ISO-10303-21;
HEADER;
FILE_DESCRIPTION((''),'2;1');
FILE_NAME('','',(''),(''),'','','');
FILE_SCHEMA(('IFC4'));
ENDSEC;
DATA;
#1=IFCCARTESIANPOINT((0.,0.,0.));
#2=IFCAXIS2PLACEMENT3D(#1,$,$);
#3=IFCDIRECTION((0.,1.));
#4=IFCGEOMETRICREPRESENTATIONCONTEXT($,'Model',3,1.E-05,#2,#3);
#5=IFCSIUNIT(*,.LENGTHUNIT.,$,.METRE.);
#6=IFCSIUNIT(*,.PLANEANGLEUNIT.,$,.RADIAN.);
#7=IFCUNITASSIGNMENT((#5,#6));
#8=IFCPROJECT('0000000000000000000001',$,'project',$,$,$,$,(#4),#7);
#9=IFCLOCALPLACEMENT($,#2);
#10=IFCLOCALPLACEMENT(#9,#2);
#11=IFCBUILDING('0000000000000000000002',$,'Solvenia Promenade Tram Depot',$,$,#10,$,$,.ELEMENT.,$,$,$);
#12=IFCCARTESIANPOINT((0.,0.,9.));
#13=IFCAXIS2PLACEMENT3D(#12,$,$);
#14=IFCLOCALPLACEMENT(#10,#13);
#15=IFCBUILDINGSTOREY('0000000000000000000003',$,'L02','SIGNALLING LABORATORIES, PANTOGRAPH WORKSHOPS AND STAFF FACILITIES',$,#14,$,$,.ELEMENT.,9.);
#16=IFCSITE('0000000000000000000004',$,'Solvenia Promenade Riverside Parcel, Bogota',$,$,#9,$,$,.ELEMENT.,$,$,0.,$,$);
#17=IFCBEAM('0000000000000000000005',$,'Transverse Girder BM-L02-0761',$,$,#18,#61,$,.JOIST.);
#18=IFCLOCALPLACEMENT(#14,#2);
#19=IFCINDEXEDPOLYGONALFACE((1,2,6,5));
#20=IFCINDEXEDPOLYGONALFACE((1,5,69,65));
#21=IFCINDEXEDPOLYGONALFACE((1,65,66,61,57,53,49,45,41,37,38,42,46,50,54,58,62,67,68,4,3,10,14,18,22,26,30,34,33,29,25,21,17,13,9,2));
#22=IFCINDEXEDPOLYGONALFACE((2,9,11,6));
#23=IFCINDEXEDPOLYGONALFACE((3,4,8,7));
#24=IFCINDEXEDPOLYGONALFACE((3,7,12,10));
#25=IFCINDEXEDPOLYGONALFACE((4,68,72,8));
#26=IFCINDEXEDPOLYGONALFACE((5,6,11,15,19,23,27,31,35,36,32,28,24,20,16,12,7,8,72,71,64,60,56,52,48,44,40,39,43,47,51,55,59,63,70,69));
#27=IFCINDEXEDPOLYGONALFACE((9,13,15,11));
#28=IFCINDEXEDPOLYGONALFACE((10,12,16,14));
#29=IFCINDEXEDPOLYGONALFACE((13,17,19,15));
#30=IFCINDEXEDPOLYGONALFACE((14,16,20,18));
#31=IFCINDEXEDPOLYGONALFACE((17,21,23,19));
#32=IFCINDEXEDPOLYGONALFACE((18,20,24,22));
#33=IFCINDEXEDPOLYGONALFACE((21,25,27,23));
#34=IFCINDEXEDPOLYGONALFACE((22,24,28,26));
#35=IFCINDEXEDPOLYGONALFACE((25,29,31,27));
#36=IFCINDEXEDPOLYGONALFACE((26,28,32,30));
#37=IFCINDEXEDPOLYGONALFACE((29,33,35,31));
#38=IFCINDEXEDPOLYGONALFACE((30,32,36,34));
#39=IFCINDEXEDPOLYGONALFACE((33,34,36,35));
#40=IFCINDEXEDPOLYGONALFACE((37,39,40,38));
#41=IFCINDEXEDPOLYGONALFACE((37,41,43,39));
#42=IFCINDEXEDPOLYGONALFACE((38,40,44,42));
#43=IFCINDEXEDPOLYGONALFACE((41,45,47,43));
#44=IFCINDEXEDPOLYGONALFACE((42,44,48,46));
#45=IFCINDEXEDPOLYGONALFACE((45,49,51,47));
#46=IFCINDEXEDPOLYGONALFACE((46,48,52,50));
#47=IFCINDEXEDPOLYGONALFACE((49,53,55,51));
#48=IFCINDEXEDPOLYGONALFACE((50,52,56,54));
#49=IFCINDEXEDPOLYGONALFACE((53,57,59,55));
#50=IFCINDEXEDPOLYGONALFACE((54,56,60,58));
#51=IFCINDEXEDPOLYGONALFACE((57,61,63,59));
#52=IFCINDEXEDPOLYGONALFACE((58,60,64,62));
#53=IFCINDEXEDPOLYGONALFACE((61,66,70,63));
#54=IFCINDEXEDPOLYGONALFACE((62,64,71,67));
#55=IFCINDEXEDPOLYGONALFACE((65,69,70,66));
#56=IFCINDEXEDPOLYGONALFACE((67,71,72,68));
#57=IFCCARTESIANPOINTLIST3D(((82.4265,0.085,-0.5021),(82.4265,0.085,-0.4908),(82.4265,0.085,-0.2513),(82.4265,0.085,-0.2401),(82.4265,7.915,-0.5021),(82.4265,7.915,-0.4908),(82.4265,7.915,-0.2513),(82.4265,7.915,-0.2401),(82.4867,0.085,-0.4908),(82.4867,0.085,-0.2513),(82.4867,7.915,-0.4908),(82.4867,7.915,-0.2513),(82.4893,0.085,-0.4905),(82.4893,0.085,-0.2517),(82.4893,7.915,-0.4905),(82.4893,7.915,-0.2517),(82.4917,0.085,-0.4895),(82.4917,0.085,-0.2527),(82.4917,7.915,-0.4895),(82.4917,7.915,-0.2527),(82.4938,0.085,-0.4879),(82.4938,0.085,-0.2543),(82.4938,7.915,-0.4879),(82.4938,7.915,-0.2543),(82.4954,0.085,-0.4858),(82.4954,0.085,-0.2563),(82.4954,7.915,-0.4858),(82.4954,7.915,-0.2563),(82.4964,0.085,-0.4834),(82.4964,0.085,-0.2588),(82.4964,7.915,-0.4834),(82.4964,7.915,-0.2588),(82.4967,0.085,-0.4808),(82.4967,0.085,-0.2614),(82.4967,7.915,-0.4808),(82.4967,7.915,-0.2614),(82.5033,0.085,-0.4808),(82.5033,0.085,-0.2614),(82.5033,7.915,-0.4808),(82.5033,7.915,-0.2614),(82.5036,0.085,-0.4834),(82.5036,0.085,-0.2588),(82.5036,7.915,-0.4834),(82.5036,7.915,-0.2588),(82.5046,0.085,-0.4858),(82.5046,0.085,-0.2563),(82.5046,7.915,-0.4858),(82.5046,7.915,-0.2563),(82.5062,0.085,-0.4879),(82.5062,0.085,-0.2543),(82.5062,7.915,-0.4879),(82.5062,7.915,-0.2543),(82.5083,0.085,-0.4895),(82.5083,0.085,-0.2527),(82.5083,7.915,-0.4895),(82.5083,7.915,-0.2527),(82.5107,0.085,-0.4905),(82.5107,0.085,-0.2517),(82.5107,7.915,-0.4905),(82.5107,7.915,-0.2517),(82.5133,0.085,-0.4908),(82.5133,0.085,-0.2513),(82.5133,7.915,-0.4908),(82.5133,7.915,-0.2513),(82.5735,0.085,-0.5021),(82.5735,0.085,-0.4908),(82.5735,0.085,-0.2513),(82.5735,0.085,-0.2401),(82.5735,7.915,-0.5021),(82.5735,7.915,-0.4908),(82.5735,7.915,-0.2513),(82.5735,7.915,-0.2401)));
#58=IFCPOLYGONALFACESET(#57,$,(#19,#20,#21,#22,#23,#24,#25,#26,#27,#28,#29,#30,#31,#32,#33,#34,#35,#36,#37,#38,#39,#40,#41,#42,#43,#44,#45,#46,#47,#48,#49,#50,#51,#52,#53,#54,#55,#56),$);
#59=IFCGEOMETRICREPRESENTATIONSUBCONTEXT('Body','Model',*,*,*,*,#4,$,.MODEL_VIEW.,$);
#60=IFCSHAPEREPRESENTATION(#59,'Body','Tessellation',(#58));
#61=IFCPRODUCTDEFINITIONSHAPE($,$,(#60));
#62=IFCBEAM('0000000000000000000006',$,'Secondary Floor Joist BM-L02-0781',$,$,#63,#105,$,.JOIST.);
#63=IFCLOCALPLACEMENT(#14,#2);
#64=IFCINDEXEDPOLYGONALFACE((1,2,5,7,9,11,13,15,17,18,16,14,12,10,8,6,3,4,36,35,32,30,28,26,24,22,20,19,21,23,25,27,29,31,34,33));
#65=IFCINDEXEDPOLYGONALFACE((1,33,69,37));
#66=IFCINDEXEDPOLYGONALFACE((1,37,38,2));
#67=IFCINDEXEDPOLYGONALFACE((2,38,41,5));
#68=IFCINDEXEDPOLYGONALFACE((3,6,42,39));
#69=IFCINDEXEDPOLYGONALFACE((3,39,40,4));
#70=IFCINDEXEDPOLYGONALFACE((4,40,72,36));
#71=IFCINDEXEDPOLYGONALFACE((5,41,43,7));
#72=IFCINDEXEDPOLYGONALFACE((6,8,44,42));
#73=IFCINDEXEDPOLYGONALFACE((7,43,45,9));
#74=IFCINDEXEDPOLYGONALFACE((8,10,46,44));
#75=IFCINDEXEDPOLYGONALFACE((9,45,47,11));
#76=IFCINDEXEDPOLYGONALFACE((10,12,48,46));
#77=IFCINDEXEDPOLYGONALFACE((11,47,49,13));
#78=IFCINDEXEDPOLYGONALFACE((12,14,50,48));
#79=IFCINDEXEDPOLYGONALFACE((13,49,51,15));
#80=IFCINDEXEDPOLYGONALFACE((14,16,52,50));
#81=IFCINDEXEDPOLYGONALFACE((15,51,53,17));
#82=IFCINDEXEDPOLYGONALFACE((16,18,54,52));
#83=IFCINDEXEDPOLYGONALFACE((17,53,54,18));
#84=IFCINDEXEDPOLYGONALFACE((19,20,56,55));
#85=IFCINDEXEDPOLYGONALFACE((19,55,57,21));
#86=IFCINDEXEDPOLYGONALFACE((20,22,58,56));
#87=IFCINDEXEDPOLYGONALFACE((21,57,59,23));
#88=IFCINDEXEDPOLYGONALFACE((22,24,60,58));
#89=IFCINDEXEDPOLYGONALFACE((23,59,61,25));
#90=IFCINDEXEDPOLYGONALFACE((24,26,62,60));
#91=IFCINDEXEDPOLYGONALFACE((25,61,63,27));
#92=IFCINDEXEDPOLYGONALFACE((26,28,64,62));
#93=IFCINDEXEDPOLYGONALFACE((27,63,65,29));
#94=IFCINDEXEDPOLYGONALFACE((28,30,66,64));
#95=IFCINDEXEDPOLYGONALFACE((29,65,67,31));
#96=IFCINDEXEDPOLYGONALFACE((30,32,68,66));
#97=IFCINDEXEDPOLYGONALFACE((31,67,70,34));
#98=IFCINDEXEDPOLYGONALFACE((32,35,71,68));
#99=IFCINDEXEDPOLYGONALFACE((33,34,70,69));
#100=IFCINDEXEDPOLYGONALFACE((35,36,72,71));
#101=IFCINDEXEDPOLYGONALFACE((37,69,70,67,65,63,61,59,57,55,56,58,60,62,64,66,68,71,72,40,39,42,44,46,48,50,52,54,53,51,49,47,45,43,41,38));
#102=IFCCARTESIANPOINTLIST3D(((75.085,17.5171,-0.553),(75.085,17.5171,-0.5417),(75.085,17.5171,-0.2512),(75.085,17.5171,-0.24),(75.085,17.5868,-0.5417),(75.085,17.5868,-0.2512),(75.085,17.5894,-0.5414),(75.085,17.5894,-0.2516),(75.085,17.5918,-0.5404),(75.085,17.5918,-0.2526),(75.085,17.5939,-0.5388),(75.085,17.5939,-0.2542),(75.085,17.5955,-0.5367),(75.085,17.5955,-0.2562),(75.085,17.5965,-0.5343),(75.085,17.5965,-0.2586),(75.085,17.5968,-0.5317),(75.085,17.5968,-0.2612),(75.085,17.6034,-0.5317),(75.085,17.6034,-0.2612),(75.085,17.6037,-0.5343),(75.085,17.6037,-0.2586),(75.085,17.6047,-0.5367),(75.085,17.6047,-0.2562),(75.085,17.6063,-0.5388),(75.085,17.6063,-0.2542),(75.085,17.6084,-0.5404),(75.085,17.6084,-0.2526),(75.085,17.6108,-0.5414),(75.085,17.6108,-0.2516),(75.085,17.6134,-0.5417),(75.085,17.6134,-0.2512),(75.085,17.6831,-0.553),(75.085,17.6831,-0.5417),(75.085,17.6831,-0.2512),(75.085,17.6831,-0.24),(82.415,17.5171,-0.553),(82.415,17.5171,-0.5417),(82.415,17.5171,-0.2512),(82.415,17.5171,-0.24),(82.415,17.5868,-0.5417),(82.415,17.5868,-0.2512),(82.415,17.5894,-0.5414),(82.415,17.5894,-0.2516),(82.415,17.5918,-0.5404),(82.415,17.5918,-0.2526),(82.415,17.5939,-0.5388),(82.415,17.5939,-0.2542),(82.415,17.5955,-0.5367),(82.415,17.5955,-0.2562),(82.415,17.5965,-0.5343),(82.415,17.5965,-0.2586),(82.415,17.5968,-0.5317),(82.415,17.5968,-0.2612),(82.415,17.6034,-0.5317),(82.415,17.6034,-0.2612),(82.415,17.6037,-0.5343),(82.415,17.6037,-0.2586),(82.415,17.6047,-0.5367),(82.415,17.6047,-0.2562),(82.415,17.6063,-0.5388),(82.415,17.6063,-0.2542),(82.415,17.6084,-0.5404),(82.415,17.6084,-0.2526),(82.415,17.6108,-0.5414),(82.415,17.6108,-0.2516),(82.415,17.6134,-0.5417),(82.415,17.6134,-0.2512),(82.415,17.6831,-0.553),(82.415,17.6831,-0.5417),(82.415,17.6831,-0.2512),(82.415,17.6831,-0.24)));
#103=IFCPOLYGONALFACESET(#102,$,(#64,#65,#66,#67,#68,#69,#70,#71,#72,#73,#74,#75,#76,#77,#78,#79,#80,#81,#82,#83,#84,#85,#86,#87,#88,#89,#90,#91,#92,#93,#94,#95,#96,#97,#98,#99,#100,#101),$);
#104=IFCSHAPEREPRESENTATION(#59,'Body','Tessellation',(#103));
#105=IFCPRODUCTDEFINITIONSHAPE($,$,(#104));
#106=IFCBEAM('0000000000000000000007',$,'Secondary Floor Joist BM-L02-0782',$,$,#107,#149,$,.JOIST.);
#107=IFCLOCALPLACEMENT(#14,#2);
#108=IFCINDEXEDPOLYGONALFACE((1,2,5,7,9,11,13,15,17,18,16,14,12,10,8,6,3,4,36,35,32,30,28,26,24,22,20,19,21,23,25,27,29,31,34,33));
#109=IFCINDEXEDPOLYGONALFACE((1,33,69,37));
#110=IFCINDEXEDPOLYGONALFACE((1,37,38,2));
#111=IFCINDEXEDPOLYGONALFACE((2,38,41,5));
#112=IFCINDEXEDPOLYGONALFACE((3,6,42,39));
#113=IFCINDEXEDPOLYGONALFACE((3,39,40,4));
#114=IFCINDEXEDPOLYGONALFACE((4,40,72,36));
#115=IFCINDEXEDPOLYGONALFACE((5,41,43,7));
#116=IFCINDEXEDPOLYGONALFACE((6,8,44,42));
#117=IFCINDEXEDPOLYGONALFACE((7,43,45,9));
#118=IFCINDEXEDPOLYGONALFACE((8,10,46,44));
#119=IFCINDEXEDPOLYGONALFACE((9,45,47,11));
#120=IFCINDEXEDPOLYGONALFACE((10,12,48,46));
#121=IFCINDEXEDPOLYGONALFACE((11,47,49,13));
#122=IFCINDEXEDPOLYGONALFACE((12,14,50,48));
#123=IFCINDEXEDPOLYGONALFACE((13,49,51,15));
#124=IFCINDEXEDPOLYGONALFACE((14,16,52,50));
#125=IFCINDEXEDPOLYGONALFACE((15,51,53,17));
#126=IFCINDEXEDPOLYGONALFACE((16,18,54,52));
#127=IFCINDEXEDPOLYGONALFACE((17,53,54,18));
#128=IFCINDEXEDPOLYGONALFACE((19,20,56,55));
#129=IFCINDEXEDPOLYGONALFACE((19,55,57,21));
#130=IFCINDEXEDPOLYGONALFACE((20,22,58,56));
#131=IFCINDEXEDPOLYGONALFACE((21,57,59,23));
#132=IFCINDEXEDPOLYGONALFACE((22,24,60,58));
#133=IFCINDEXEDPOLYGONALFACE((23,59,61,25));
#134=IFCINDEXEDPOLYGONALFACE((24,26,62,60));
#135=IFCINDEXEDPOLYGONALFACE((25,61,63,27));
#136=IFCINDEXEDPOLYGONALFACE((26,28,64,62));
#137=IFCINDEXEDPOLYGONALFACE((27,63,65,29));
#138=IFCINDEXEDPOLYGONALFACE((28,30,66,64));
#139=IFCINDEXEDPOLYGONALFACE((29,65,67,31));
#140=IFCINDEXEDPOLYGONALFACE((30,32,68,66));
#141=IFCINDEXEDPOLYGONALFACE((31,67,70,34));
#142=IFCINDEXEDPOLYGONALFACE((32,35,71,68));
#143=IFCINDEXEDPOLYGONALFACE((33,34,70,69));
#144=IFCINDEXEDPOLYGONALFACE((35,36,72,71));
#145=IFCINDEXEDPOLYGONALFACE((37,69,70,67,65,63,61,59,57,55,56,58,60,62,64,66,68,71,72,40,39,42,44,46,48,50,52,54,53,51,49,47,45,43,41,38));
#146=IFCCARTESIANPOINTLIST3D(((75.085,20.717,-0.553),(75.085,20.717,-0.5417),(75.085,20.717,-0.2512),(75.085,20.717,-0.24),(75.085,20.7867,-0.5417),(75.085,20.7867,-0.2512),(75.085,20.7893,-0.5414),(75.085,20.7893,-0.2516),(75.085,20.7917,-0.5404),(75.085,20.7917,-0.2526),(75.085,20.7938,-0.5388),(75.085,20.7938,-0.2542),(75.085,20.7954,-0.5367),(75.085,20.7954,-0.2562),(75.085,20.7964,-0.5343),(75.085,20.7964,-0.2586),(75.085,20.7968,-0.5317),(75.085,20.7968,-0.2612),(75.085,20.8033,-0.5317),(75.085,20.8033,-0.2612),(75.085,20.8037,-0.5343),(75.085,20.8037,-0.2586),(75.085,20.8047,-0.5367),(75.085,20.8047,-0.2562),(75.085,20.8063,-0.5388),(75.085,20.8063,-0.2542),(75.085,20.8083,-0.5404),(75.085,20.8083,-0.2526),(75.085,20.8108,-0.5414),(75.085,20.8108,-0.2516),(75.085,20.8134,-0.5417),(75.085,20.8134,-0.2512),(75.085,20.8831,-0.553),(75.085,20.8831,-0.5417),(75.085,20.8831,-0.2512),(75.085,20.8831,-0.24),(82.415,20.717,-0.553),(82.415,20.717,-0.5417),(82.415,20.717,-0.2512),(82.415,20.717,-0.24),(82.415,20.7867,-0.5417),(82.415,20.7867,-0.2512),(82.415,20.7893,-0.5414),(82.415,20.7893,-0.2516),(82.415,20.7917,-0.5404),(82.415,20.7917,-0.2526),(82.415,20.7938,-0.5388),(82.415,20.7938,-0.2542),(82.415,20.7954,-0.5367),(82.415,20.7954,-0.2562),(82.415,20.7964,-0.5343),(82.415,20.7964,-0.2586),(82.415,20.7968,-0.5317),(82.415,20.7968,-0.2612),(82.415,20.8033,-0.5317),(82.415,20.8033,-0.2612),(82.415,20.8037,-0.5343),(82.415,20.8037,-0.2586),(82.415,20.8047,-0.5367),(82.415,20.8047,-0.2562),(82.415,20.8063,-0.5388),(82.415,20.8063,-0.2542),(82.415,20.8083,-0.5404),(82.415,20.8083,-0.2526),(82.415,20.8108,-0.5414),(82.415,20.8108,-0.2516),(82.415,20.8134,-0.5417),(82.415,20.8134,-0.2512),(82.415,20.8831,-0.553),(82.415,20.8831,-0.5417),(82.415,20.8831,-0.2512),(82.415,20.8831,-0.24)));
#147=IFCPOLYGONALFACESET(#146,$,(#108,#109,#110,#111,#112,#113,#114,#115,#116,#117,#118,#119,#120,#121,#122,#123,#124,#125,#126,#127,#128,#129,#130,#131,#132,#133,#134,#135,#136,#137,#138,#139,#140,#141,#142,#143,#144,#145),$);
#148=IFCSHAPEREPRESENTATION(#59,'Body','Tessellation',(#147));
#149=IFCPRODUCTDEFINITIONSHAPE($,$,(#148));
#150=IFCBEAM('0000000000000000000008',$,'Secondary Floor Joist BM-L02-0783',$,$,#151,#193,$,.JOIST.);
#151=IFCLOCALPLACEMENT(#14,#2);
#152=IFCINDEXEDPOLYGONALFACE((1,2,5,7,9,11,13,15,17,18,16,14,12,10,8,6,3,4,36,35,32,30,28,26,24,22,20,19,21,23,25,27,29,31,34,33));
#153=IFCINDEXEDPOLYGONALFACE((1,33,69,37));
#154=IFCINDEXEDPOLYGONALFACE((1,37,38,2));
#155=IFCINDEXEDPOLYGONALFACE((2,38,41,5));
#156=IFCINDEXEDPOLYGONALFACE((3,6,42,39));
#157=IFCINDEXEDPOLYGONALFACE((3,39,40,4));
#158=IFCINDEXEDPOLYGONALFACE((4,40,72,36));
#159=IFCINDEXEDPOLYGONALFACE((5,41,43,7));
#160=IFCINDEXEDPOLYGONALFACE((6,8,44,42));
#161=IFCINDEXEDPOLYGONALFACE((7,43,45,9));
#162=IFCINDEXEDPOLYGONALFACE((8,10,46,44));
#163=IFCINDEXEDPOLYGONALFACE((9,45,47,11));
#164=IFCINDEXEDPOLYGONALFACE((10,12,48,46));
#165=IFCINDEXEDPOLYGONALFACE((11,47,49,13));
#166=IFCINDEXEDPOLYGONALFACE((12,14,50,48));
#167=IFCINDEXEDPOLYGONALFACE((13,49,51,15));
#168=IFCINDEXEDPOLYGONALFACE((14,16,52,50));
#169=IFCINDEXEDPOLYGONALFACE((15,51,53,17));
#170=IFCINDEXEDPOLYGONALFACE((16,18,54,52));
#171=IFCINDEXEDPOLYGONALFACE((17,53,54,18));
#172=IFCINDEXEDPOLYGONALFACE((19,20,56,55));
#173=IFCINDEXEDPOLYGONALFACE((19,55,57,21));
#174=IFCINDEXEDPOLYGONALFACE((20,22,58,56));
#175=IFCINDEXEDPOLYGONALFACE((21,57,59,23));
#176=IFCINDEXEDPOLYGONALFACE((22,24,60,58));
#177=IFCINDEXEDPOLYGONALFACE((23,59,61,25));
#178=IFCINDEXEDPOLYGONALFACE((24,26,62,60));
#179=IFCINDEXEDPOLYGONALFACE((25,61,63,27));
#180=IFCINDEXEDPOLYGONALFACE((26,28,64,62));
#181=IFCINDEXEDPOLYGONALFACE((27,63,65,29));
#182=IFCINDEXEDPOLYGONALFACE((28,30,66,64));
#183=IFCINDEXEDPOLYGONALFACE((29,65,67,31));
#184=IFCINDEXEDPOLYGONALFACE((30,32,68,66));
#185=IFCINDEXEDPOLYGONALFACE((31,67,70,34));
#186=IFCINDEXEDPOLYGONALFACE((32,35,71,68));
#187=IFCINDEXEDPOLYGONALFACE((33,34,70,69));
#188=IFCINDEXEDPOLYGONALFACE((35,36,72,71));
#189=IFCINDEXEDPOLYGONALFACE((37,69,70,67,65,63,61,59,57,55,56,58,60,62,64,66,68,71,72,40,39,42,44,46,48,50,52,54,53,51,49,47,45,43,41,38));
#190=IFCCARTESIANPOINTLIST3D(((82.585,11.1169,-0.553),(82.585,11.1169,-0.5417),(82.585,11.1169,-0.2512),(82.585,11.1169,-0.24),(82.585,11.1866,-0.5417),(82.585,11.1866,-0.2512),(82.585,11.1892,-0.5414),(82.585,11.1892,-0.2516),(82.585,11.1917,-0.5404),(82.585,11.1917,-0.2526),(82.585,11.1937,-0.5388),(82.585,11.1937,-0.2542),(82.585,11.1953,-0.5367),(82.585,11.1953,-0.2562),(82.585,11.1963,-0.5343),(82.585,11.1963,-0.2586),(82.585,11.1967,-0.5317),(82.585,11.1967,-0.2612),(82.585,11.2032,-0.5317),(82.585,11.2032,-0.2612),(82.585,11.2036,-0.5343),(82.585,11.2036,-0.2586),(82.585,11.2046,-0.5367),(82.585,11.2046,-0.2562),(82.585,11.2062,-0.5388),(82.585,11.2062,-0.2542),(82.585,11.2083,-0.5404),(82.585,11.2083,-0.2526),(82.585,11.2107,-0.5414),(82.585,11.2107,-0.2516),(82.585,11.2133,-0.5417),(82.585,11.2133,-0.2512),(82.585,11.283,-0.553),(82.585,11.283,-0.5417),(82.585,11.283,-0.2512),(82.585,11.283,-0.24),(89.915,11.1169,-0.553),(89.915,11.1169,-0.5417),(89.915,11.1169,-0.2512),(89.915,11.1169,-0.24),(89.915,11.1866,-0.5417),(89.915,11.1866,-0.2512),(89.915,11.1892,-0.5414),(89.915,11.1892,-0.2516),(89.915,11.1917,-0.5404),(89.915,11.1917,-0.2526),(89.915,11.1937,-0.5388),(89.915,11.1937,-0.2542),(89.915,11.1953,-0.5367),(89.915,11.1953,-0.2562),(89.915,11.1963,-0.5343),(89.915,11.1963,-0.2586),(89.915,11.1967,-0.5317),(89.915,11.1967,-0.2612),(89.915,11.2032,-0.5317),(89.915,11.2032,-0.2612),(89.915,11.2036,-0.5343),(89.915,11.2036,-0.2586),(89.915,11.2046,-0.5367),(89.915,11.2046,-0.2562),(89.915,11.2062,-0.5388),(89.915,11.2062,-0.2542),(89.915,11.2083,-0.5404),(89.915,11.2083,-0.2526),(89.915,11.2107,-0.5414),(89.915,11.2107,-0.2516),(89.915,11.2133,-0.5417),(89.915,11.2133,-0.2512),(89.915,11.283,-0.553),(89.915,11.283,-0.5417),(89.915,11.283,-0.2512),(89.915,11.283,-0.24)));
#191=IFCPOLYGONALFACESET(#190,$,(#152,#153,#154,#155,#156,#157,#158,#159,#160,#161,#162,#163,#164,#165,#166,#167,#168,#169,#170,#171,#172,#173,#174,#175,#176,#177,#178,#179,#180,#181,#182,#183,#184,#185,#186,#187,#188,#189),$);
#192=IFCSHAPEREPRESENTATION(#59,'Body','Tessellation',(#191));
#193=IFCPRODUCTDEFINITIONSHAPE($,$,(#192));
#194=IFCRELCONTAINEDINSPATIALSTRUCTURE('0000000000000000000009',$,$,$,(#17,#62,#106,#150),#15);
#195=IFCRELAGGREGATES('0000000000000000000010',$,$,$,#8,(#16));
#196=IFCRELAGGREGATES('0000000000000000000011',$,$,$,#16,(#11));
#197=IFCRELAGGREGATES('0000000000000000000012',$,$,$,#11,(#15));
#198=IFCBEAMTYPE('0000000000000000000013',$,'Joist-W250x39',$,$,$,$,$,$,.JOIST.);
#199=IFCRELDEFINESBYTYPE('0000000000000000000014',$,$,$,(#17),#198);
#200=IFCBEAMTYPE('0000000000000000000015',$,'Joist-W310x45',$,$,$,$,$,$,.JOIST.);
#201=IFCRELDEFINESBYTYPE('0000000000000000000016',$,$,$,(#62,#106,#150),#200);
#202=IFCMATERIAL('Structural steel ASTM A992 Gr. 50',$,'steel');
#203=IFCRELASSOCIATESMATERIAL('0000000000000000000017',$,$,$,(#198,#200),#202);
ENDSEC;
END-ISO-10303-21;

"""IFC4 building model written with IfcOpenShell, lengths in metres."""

from ifc_helpers import new_model, si_unit, direction, frame, origin, origin_2d, place, context, subcontext, project, spatial, i_section, extrude, material, material_profile, profile_set, type_object, element, save


model = new_model("IFC4")

# Units and contexts
model_context = context("Model", 3, precision=1e-05, world=origin(), true_north=direction((0.0, 1.0)))
body_context = subcontext(model_context, "Body", "Model", "MODEL_VIEW")
ifc_project = project(units=[si_unit("LENGTHUNIT", "METRE"), si_unit("PLANEANGLEUNIT", "RADIAN")], contexts=[model_context])

# Site, building, storey
site_placement = place(None, origin())
site = spatial("IfcSite", under=ifc_project, at=site_placement, Name="Solvenia Promenade Riverside Parcel, Bogota", CompositionType="ELEMENT", RefElevation=0.0)
building_placement = place(site_placement, origin())
building = spatial("IfcBuilding", under=site, at=building_placement, Name="Solvenia Promenade Tram Depot", CompositionType="ELEMENT")
storey_placement = place(building_placement, frame((0.0, 0.0, 9.0)))
storey = spatial("IfcBuildingStorey", under=building, at=storey_placement, Name="L02", Description="SIGNALLING LABORATORIES, PANTOGRAPH WORKSHOPS AND STAFF FACILITIES", CompositionType="ELEMENT", Elevation=9.0)

# Shared definitions
ifc_material_1 = material(Name="Structural steel ASTM A992 Gr. 50", Category="steel")

# Beams
ifc_material_profile_1 = material_profile(ifc_material_1, i_section(OverallWidth=0.147, OverallDepth=0.262, WebThickness=0.0066, FlangeThickness=0.0112, FilletRadius=0.01, at=origin_2d()), Name="W250x39", Category="steel")
ifc_profile_set_1 = profile_set([ifc_material_profile_1], Name="Structural steel ASTM A992 Gr. 50")
beam_type_1 = type_object("IfcBeamType", Name="Joist-W250x39", PredefinedType="JOIST", material=ifc_profile_set_1)
beam_1_placement = place(storey_placement, frame((82.5, 0.085, -0.3711), z_axis=(0.0, 1.0, 0.0), x_axis=(-1.0, 0.0, 0.0)))
element("IfcBeam", 1, at=beam_1_placement, inside=storey, type_object=beam_type_1, Name="Transverse Girder BM-L02-0761", PredefinedType="JOIST", context=body_context, shape_type="SweptSolid", body=[
    extrude(i_section(OverallWidth=0.147, OverallDepth=0.262, WebThickness=0.0066, FlangeThickness=0.0112, FilletRadius=0.01, at=origin_2d()), origin(), (0.0, 0.0, 1.0), 7.8301),
])
ifc_material_profile_2 = material_profile(ifc_material_1, i_section(OverallWidth=0.166, OverallDepth=0.313, WebThickness=0.0066, FlangeThickness=0.0112, FilletRadius=0.01, at=origin_2d()), Name="W310x45", Category="steel")
ifc_profile_set_2 = profile_set([ifc_material_profile_2], Name="Structural steel ASTM A992 Gr. 50")
beam_type_2 = type_object("IfcBeamType", Name="Joist-W310x45", PredefinedType="JOIST", material=ifc_profile_set_2)
for number, where, z_axis, x_axis, name in (
    (2, (75.085, 17.6001, -0.3965), (1.0, 0.0, 0.0), (0.0, 1.0, 0.0), "Secondary Floor Joist BM-L02-0781"),
    (3, (75.085, 20.8, -0.3965), (1.0, 0.0, 0.0), (0.0, 1.0, 0.0), "Secondary Floor Joist BM-L02-0782"),
    (4, (82.585, 11.2, -0.3965), (1.0, 0.0, 0.0), (0.0, 1.0, 0.0), "Secondary Floor Joist BM-L02-0783"),
):
    element("IfcBeam", number, at=place(storey_placement, frame(where, z_axis=z_axis, x_axis=x_axis)), inside=storey, type_object=beam_type_2, Name=name, PredefinedType="JOIST", context=body_context, shape_type="SweptSolid", body=[
        extrude(i_section(OverallWidth=0.166, OverallDepth=0.313, WebThickness=0.0066, FlangeThickness=0.0112, FilletRadius=0.01, at=origin_2d()), origin(), (0.0, 0.0, 1.0), 7.3301),
    ])

save(model, "model.ifc")
